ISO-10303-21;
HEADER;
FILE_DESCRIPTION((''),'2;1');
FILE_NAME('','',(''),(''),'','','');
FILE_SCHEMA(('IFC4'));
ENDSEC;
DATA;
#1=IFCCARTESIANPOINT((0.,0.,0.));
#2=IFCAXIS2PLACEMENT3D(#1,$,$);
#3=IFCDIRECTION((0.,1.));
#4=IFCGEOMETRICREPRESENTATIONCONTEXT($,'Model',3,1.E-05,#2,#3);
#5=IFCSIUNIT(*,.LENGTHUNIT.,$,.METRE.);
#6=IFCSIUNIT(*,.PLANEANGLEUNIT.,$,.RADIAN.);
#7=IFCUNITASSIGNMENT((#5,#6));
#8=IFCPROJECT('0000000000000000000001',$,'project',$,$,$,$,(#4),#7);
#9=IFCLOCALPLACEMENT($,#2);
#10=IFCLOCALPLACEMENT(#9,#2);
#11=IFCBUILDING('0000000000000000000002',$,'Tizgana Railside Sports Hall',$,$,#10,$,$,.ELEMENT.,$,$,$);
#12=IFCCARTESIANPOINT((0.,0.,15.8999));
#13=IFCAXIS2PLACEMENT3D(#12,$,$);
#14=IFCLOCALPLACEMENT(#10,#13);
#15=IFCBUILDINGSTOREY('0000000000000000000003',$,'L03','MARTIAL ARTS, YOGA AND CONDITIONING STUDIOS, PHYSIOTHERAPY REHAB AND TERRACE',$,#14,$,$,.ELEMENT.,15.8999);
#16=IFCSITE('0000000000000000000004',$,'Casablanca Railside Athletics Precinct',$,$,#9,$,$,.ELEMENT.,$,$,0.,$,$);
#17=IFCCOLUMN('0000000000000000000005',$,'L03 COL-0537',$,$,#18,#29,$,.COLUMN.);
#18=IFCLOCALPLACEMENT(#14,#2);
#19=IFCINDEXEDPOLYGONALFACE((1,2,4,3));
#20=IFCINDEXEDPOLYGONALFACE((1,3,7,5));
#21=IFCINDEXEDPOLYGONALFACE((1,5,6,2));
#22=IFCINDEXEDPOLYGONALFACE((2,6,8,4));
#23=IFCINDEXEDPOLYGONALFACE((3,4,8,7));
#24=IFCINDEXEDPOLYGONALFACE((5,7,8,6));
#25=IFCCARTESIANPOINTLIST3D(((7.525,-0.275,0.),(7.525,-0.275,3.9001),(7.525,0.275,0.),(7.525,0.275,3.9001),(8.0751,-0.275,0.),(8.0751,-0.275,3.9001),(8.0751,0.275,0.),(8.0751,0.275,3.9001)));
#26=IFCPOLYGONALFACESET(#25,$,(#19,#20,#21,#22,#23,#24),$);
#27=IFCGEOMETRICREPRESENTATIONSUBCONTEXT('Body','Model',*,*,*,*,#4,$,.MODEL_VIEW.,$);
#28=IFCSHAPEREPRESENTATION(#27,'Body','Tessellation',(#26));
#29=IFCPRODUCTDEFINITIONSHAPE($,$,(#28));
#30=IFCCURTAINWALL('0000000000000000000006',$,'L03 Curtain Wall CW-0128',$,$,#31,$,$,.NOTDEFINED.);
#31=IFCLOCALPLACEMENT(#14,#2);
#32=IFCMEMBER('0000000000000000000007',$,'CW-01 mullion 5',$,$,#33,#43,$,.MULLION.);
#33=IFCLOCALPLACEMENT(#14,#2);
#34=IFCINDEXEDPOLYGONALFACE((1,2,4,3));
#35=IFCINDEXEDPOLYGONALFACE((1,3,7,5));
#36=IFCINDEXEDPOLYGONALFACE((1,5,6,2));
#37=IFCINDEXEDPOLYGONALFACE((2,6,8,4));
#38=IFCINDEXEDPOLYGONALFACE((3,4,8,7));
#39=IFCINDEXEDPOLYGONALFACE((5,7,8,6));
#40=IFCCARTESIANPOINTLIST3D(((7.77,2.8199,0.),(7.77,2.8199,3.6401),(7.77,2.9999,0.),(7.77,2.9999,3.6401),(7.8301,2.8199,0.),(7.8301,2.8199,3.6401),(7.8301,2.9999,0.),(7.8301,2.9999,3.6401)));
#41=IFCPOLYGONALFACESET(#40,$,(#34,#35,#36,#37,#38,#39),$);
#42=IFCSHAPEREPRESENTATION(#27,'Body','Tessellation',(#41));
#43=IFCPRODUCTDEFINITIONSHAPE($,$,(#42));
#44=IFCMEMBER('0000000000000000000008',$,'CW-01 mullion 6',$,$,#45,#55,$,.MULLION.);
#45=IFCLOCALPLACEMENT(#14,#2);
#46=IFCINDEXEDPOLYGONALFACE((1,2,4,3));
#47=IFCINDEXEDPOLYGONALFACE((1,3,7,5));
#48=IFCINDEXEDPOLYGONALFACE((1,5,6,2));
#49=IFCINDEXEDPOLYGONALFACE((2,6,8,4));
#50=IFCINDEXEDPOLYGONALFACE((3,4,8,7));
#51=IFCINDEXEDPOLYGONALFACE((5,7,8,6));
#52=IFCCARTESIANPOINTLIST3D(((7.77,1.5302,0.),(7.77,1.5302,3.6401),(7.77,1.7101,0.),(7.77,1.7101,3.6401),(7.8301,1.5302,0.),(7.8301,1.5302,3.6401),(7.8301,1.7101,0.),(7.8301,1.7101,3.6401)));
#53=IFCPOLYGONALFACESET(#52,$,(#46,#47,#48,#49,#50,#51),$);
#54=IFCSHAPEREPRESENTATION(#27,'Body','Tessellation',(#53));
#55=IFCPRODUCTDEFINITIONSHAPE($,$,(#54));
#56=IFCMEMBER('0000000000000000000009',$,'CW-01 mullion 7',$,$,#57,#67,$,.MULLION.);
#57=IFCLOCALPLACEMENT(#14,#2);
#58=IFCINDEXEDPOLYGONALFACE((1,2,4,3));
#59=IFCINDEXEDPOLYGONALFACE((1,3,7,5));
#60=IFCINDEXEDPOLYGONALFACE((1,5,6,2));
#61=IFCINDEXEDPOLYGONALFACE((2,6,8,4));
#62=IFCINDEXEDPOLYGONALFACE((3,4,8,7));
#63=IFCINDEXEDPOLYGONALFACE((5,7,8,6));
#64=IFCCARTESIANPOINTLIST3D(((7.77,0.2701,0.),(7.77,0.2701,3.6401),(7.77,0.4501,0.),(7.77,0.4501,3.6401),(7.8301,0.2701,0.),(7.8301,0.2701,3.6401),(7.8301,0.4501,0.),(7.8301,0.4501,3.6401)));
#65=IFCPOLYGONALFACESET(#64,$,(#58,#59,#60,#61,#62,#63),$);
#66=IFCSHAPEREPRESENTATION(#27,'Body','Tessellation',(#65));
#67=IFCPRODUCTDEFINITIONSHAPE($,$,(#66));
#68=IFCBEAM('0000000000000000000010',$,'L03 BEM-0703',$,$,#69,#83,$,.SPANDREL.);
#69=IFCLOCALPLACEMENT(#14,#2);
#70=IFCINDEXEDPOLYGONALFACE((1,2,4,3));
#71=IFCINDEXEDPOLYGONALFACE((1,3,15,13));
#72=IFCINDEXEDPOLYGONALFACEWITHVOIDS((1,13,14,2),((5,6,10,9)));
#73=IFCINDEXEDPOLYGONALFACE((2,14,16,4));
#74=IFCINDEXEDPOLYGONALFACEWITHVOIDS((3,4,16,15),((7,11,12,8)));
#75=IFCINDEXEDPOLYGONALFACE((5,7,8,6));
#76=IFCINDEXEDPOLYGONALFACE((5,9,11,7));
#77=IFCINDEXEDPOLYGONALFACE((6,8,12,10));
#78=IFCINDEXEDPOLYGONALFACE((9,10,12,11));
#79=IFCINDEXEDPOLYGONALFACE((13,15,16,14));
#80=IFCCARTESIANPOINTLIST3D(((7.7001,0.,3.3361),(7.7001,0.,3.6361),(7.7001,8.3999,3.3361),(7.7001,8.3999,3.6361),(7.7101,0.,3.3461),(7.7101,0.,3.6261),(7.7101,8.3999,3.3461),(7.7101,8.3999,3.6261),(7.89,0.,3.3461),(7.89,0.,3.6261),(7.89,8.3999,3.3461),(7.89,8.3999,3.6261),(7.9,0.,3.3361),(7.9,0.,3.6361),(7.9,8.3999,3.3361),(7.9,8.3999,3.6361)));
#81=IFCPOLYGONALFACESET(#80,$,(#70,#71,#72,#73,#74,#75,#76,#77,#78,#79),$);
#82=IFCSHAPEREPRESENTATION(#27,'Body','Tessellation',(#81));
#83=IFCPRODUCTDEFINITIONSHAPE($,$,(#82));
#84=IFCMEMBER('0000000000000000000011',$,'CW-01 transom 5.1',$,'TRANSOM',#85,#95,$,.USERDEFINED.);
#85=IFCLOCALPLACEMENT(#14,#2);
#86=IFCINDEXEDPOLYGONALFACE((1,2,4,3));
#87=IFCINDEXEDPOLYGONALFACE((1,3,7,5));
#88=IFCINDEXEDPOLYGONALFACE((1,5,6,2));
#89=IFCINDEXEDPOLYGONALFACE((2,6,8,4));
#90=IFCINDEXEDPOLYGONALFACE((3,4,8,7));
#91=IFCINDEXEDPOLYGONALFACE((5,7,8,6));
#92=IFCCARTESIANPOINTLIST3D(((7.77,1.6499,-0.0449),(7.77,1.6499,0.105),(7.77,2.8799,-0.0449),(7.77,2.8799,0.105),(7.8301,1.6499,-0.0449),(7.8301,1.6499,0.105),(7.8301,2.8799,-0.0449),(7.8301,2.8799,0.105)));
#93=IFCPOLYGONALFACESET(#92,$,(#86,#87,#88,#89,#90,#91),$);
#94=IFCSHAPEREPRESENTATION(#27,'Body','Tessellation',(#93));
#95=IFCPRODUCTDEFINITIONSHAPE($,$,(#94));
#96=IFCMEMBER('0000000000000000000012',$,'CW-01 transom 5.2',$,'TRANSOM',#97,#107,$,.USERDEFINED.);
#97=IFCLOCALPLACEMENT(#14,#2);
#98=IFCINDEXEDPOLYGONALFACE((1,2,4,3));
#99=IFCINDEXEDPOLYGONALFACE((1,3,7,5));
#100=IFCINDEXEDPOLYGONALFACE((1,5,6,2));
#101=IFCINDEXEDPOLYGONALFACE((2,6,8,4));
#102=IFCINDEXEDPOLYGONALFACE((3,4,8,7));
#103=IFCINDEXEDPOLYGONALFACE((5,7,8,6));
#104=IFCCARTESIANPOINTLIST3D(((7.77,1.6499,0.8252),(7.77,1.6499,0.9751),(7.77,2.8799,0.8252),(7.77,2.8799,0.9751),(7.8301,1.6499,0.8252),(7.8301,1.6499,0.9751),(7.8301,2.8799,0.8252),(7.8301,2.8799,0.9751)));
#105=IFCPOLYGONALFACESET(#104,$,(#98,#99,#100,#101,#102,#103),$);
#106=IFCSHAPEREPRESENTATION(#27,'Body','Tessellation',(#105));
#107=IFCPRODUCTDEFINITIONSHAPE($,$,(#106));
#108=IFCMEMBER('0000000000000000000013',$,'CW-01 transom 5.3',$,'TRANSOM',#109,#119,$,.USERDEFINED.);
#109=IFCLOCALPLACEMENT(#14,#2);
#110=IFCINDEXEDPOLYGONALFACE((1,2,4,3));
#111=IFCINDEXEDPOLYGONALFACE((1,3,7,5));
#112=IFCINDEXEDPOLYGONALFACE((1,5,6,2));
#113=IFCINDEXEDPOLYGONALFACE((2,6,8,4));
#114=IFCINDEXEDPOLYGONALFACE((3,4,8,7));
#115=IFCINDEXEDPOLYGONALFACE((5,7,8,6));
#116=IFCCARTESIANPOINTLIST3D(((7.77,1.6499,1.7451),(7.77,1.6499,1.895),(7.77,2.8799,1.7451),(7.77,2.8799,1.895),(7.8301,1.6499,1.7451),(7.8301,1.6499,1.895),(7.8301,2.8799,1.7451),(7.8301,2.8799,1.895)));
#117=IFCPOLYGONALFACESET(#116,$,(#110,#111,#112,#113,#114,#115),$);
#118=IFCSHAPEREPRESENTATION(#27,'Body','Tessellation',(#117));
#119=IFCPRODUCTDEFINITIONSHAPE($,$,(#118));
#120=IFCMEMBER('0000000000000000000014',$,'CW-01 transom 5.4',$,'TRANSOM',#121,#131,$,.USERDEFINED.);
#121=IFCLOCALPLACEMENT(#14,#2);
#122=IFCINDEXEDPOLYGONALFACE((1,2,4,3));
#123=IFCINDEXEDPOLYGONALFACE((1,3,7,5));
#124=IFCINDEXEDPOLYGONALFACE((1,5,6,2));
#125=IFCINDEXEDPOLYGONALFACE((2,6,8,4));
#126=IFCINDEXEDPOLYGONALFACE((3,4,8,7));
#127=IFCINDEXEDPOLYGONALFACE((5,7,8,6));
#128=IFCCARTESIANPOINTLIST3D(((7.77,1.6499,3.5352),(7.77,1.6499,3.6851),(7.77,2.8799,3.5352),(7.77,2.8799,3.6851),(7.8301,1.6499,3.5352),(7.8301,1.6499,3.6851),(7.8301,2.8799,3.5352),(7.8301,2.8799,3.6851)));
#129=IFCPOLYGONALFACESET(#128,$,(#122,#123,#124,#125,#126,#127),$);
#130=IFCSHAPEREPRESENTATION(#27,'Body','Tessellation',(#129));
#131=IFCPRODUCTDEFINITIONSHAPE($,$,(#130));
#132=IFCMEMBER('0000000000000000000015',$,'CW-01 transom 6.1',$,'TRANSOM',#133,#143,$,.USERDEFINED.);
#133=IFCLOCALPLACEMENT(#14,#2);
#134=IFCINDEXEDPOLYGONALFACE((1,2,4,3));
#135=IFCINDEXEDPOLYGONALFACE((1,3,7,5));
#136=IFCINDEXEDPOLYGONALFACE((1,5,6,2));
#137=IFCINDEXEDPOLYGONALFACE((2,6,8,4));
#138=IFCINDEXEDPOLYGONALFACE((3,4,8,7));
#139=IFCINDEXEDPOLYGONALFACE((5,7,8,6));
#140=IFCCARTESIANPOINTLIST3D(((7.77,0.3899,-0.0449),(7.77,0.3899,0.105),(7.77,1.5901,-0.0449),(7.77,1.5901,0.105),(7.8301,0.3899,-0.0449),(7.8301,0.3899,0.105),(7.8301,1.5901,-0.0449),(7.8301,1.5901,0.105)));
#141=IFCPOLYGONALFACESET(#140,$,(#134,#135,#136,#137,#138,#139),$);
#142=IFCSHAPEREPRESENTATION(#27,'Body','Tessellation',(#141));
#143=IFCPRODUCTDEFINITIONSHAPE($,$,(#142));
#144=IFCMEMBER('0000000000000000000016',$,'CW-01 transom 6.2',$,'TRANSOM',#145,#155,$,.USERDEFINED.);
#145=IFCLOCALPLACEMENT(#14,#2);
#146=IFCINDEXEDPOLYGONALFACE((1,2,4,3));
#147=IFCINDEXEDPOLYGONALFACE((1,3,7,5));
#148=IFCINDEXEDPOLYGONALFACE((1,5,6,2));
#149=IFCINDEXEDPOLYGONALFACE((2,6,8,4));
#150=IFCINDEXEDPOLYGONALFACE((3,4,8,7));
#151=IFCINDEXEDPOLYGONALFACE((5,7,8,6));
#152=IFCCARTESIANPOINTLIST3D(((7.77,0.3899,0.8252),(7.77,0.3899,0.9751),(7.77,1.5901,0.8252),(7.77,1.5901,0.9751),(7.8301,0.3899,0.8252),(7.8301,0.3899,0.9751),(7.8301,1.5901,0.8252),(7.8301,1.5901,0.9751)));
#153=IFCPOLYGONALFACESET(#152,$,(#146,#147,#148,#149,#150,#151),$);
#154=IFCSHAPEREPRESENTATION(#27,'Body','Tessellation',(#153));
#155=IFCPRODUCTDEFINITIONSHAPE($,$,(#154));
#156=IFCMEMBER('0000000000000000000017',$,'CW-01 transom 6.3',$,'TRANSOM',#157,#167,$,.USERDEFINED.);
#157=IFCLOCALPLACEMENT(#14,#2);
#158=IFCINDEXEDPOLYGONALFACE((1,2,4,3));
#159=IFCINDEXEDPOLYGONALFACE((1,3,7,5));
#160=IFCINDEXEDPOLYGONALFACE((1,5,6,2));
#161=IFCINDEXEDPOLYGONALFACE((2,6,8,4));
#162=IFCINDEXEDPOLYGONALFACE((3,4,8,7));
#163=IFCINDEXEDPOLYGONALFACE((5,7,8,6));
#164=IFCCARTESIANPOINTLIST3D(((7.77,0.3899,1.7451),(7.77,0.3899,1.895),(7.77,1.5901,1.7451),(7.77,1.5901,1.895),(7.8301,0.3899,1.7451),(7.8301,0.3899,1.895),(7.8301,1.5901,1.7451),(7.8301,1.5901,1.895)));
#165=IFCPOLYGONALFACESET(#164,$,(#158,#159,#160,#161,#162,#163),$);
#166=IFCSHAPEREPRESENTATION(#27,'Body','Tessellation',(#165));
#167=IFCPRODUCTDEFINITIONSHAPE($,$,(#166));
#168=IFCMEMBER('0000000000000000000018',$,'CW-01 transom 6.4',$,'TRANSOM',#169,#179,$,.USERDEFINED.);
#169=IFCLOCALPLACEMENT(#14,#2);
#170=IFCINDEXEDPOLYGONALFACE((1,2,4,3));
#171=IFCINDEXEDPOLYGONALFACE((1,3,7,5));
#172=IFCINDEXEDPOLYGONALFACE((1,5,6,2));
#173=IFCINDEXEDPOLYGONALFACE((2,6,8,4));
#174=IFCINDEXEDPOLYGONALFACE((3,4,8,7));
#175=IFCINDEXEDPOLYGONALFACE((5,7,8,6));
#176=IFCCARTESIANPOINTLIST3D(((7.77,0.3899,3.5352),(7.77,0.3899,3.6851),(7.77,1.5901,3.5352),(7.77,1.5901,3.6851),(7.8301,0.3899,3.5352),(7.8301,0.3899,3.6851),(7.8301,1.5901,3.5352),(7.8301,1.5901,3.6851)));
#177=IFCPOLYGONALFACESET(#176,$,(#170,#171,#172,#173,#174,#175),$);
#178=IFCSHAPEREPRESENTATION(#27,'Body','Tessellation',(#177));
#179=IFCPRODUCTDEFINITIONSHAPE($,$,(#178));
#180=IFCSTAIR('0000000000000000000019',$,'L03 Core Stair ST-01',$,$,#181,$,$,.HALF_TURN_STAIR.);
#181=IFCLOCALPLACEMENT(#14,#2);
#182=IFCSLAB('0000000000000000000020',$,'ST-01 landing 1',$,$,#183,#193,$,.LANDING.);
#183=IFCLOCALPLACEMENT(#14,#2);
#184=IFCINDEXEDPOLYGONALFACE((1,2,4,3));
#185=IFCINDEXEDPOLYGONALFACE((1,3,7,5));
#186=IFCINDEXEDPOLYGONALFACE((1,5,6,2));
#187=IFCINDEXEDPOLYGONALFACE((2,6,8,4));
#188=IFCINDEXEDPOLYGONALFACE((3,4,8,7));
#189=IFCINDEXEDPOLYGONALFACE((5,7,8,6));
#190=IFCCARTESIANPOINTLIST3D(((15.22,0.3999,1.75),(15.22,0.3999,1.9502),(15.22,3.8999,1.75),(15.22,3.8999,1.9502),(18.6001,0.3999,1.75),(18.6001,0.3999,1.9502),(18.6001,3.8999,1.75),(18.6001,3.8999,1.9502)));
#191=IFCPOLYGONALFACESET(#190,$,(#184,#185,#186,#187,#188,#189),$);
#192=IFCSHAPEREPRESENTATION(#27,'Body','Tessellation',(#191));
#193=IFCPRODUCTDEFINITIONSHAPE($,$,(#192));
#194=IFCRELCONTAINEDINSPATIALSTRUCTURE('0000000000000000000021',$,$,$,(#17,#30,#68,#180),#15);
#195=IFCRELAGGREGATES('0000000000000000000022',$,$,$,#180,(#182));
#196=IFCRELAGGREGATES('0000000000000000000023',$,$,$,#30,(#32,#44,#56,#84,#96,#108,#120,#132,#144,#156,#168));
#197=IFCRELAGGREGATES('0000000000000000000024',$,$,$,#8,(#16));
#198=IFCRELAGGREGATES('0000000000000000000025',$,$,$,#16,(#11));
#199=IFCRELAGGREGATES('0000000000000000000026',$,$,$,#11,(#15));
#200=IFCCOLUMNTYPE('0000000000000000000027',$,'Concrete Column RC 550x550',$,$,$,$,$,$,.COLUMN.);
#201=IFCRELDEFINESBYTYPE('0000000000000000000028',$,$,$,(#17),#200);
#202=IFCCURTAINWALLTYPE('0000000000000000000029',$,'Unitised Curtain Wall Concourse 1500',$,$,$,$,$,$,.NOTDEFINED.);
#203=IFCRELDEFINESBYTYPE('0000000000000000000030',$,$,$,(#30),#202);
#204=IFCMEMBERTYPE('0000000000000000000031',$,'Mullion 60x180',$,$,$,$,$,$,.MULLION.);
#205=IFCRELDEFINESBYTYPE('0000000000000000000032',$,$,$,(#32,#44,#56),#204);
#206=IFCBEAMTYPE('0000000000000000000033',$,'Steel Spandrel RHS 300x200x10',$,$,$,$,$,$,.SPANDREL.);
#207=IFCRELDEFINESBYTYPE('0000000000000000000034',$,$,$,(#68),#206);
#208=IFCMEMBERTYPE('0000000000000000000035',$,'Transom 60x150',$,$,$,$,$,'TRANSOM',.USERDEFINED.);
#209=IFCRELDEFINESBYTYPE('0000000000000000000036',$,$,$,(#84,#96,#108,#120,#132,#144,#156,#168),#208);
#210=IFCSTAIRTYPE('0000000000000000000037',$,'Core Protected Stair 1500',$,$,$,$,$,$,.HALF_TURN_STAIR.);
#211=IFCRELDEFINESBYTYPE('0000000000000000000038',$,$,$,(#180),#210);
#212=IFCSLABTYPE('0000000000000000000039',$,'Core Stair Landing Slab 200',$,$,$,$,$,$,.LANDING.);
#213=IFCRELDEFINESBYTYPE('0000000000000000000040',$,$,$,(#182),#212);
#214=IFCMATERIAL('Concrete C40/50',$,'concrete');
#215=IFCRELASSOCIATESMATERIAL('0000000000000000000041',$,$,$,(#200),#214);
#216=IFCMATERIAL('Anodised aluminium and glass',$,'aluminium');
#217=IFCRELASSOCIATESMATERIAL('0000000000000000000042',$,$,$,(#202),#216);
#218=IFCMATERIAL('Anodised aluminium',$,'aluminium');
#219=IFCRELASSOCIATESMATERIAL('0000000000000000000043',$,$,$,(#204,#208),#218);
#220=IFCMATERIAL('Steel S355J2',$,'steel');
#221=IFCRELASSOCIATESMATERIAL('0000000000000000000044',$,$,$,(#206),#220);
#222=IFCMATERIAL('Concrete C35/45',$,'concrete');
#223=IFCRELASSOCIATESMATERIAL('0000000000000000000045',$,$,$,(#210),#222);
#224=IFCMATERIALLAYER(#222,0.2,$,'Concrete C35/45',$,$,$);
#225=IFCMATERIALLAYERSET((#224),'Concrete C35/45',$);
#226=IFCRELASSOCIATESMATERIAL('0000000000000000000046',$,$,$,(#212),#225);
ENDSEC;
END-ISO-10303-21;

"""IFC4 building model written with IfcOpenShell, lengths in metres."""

from ifc_helpers import new_model, si_unit, direction, frame, origin, origin_2d, place, context, subcontext, project, spatial, polyline, rectangle, hollow_rectangle, outline, extrude, material, layer, layer_set, material_profile, profile_set, type_object, element, aggregate, save


model = new_model("IFC4")

# Units and contexts
model_context = context("Model", 3, precision=1e-05, world=origin(), true_north=direction((0.0, 1.0)))
body_context = subcontext(model_context, "Body", "Model", "MODEL_VIEW")
ifc_project = project(units=[si_unit("LENGTHUNIT", "METRE"), si_unit("PLANEANGLEUNIT", "RADIAN")], contexts=[model_context])

# Site, building, storey
site_placement = place(None, origin())
site = spatial("IfcSite", under=ifc_project, at=site_placement, Name="Casablanca Railside Athletics Precinct", CompositionType="ELEMENT", RefElevation=0.0)
building_placement = place(site_placement, origin())
building = spatial("IfcBuilding", under=site, at=building_placement, Name="Tizgana Railside Sports Hall", CompositionType="ELEMENT")
storey_placement = place(building_placement, frame((0.0, 0.0, 15.8999)))
storey = spatial("IfcBuildingStorey", under=building, at=storey_placement, Name="L03", Description="MARTIAL ARTS, YOGA AND CONDITIONING STUDIOS, PHYSIOTHERAPY REHAB AND TERRACE", CompositionType="ELEMENT", Elevation=15.8999)

# Column
ifc_material_1 = material(Name="Concrete C40/50", Category="concrete")
ifc_material_profile_1 = material_profile(ifc_material_1, rectangle(XDim=0.55, YDim=0.55, at=origin_2d()), Name="RC 550x550")
ifc_profile_set_1 = profile_set([ifc_material_profile_1], Name="Concrete C40/50")
column_type = type_object("IfcColumnType", Name="Concrete Column RC 550x550", PredefinedType="COLUMN", material=ifc_profile_set_1)
column_placement = place(storey_placement, frame((7.8, 0.0, 0.0), z_axis=(0.0, 0.0, 1.0), x_axis=(1.0, 0.0, 0.0)))
element("IfcColumn", 1, at=column_placement, inside=storey, type_object=column_type, Name="L03 COL-0537", PredefinedType="COLUMN", context=body_context, shape_type="SweptSolid", body=[
    extrude(rectangle(XDim=0.55, YDim=0.55, at=origin_2d()), origin(), (0.0, 0.0, 1.0), 3.9001),
])

# Curtain wall, members
ifc_material_2 = material(Name="Anodised aluminium and glass", Category="aluminium")
curtain_wall_type = type_object("IfcCurtainWallType", Name="Unitised Curtain Wall Concourse 1500", PredefinedType="NOTDEFINED", material=ifc_material_2)
curtain_wall_placement = place(storey_placement, origin())
curtain_wall = element("IfcCurtainWall", 2, at=curtain_wall_placement, inside=storey, type_object=curtain_wall_type, Name="L03 Curtain Wall CW-0128", PredefinedType="NOTDEFINED")
ifc_material_3 = material(Name="Anodised aluminium", Category="aluminium")
ifc_material_profile_2 = material_profile(ifc_material_3, rectangle(XDim=0.0601, YDim=0.1799, at=origin_2d()), Name="Mullion 60x180")
ifc_profile_set_2 = profile_set([ifc_material_profile_2], Name="Anodised aluminium")
member_type_1 = type_object("IfcMemberType", Name="Mullion 60x180", PredefinedType="MULLION", material=ifc_profile_set_2)
member_1_placement = place(storey_placement, frame((7.8, 2.9099, 0.0), z_axis=(0.0, 0.0, 1.0), x_axis=(1.0, 0.0, 0.0)))
member_1 = element("IfcMember", 3, at=member_1_placement, type_object=member_type_1, Name="CW-01 mullion 5", PredefinedType="MULLION", context=body_context, shape_type="SweptSolid", body=[
    extrude(rectangle(XDim=0.0601, YDim=0.1799, at=origin_2d()), origin(), (0.0, 0.0, 1.0), 3.6401),
])
member_2_placement = place(storey_placement, frame((7.8, 1.6201, 0.0), z_axis=(0.0, 0.0, 1.0), x_axis=(1.0, 0.0, 0.0)))
member_2 = element("IfcMember", 4, at=member_2_placement, type_object=member_type_1, Name="CW-01 mullion 6", PredefinedType="MULLION", context=body_context, shape_type="SweptSolid", body=[
    extrude(rectangle(XDim=0.0601, YDim=0.1799, at=origin_2d()), origin(), (0.0, 0.0, 1.0), 3.6401),
])
member_3_placement = place(storey_placement, frame((7.8, 0.3601, 0.0), z_axis=(0.0, 0.0, 1.0), x_axis=(1.0, 0.0, 0.0)))
member_3 = element("IfcMember", 5, at=member_3_placement, type_object=member_type_1, Name="CW-01 mullion 7", PredefinedType="MULLION", context=body_context, shape_type="SweptSolid", body=[
    extrude(rectangle(XDim=0.0601, YDim=0.1799, at=origin_2d()), origin(), (0.0, 0.0, 1.0), 3.6401),
])

# Beam
ifc_material_4 = material(Name="Steel S355J2", Category="steel")
ifc_material_profile_3 = material_profile(ifc_material_4, hollow_rectangle(XDim=0.2, YDim=0.3, WallThickness=0.01, at=origin_2d()), Name="RHS 300x200x10")
ifc_profile_set_3 = profile_set([ifc_material_profile_3], Name="Steel S355J2")
beam_type = type_object("IfcBeamType", Name="Steel Spandrel RHS 300x200x10", PredefinedType="SPANDREL", material=ifc_profile_set_3)
beam_placement = place(storey_placement, frame((7.8, 0.0, 3.4861), z_axis=(0.0, 1.0, 0.0), x_axis=(-1.0, 0.0, 0.0)))
element("IfcBeam", 6, at=beam_placement, inside=storey, type_object=beam_type, Name="L03 BEM-0703", PredefinedType="SPANDREL", context=body_context, shape_type="SweptSolid", body=[
    extrude(hollow_rectangle(XDim=0.2, YDim=0.3, WallThickness=0.01, at=origin_2d()), origin(), (0.0, 0.0, 1.0), 8.3999),
])

# Members
ifc_material_profile_4 = material_profile(ifc_material_3, rectangle(XDim=0.0601, YDim=0.1499, at=origin_2d()), Name="Transom 60x150")
ifc_profile_set_4 = profile_set([ifc_material_profile_4], Name="Anodised aluminium")
member_type_2 = type_object("IfcMemberType", Name="Transom 60x150", ElementType="TRANSOM", PredefinedType="USERDEFINED", material=ifc_profile_set_4)
member_4_placement = place(storey_placement, frame((7.8, 2.8799, 0.03), z_axis=(0.0, -1.0, 0.0), x_axis=(1.0, 0.0, 0.0)))
member_4 = element("IfcMember", 7, at=member_4_placement, type_object=member_type_2, Name="CW-01 transom 5.1", ObjectType="TRANSOM", PredefinedType="USERDEFINED", context=body_context, shape_type="SweptSolid", body=[
    extrude(rectangle(XDim=0.0601, YDim=0.1499, at=origin_2d()), origin(), (0.0, 0.0, 1.0), 1.23),
])
member_5_placement = place(storey_placement, frame((7.8, 2.8799, 0.9001), z_axis=(0.0, -1.0, 0.0), x_axis=(1.0, 0.0, 0.0)))
member_5 = element("IfcMember", 8, at=member_5_placement, type_object=member_type_2, Name="CW-01 transom 5.2", ObjectType="TRANSOM", PredefinedType="USERDEFINED", context=body_context, shape_type="SweptSolid", body=[
    extrude(rectangle(XDim=0.0601, YDim=0.1499, at=origin_2d()), origin(), (0.0, 0.0, 1.0), 1.23),
])
member_6_placement = place(storey_placement, frame((7.8, 2.8799, 1.8201), z_axis=(0.0, -1.0, 0.0), x_axis=(1.0, 0.0, 0.0)))
member_6 = element("IfcMember", 9, at=member_6_placement, type_object=member_type_2, Name="CW-01 transom 5.3", ObjectType="TRANSOM", PredefinedType="USERDEFINED", context=body_context, shape_type="SweptSolid", body=[
    extrude(rectangle(XDim=0.0601, YDim=0.1499, at=origin_2d()), origin(), (0.0, 0.0, 1.0), 1.23),
])
member_7_placement = place(storey_placement, frame((7.8, 2.8799, 3.6101), z_axis=(0.0, -1.0, 0.0), x_axis=(1.0, 0.0, 0.0)))
member_7 = element("IfcMember", 10, at=member_7_placement, type_object=member_type_2, Name="CW-01 transom 5.4", ObjectType="TRANSOM", PredefinedType="USERDEFINED", context=body_context, shape_type="SweptSolid", body=[
    extrude(rectangle(XDim=0.0601, YDim=0.1499, at=origin_2d()), origin(), (0.0, 0.0, 1.0), 1.23),
])
member_8_placement = place(storey_placement, frame((7.8, 1.5901, 0.03), z_axis=(0.0, -1.0, 0.0), x_axis=(1.0, 0.0, 0.0)))
member_8 = element("IfcMember", 11, at=member_8_placement, type_object=member_type_2, Name="CW-01 transom 6.1", ObjectType="TRANSOM", PredefinedType="USERDEFINED", context=body_context, shape_type="SweptSolid", body=[
    extrude(rectangle(XDim=0.0601, YDim=0.1499, at=origin_2d()), origin(), (0.0, 0.0, 1.0), 1.2002),
])
member_9_placement = place(storey_placement, frame((7.8, 1.5901, 0.9001), z_axis=(0.0, -1.0, 0.0), x_axis=(1.0, 0.0, 0.0)))
member_9 = element("IfcMember", 12, at=member_9_placement, type_object=member_type_2, Name="CW-01 transom 6.2", ObjectType="TRANSOM", PredefinedType="USERDEFINED", context=body_context, shape_type="SweptSolid", body=[
    extrude(rectangle(XDim=0.0601, YDim=0.1499, at=origin_2d()), origin(), (0.0, 0.0, 1.0), 1.2002),
])
member_10_placement = place(storey_placement, frame((7.8, 1.5901, 1.8201), z_axis=(0.0, -1.0, 0.0), x_axis=(1.0, 0.0, 0.0)))
member_10 = element("IfcMember", 13, at=member_10_placement, type_object=member_type_2, Name="CW-01 transom 6.3", ObjectType="TRANSOM", PredefinedType="USERDEFINED", context=body_context, shape_type="SweptSolid", body=[
    extrude(rectangle(XDim=0.0601, YDim=0.1499, at=origin_2d()), origin(), (0.0, 0.0, 1.0), 1.2002),
])
member_11_placement = place(storey_placement, frame((7.8, 1.5901, 3.6101), z_axis=(0.0, -1.0, 0.0), x_axis=(1.0, 0.0, 0.0)))
member_11 = element("IfcMember", 14, at=member_11_placement, type_object=member_type_2, Name="CW-01 transom 6.4", ObjectType="TRANSOM", PredefinedType="USERDEFINED", context=body_context, shape_type="SweptSolid", body=[
    extrude(rectangle(XDim=0.0601, YDim=0.1499, at=origin_2d()), origin(), (0.0, 0.0, 1.0), 1.2002),
])

# Stair, slab
ifc_material_5 = material(Name="Concrete C35/45", Category="concrete")
stair_type_1 = type_object("IfcStairType", Name="Core Protected Stair 1500", PredefinedType="HALF_TURN_STAIR", material=ifc_material_5)
stair_1_placement = place(storey_placement, origin())
stair_1 = element("IfcStair", 15, at=stair_1_placement, inside=storey, type_object=stair_type_1, Name="L03 Core Stair ST-01", PredefinedType="HALF_TURN_STAIR")
ifc_layer_1 = layer(ifc_material_5, 0.2, Name="Concrete C35/45")
ifc_layer_set_1 = layer_set([ifc_layer_1], Name="Concrete C35/45")
slab_type_1 = type_object("IfcSlabType", Name="Core Stair Landing Slab 200", PredefinedType="LANDING", material=ifc_layer_set_1)
slab_1_placement = place(storey_placement, frame((0.0, 0.0, 1.75)))
slab_1 = element("IfcSlab", 16, at=slab_1_placement, type_object=slab_type_1, Name="ST-01 landing 1", PredefinedType="LANDING", context=body_context, shape_type="SweptSolid", body=[
    extrude(outline(polyline([(15.22, 0.3999), (18.6001, 0.3999), (18.6001, 3.8999), (15.22, 3.8999), (15.22, 0.3999)])), origin(), (0.0, 0.0, 1.0), 0.2002),
])
aggregate(stair_1, [slab_1])

aggregate(curtain_wall, [member_1, member_2, member_3, member_4, member_5, member_6, member_7, member_8, member_9, member_10, member_11])

save(model, "model.ifc")
